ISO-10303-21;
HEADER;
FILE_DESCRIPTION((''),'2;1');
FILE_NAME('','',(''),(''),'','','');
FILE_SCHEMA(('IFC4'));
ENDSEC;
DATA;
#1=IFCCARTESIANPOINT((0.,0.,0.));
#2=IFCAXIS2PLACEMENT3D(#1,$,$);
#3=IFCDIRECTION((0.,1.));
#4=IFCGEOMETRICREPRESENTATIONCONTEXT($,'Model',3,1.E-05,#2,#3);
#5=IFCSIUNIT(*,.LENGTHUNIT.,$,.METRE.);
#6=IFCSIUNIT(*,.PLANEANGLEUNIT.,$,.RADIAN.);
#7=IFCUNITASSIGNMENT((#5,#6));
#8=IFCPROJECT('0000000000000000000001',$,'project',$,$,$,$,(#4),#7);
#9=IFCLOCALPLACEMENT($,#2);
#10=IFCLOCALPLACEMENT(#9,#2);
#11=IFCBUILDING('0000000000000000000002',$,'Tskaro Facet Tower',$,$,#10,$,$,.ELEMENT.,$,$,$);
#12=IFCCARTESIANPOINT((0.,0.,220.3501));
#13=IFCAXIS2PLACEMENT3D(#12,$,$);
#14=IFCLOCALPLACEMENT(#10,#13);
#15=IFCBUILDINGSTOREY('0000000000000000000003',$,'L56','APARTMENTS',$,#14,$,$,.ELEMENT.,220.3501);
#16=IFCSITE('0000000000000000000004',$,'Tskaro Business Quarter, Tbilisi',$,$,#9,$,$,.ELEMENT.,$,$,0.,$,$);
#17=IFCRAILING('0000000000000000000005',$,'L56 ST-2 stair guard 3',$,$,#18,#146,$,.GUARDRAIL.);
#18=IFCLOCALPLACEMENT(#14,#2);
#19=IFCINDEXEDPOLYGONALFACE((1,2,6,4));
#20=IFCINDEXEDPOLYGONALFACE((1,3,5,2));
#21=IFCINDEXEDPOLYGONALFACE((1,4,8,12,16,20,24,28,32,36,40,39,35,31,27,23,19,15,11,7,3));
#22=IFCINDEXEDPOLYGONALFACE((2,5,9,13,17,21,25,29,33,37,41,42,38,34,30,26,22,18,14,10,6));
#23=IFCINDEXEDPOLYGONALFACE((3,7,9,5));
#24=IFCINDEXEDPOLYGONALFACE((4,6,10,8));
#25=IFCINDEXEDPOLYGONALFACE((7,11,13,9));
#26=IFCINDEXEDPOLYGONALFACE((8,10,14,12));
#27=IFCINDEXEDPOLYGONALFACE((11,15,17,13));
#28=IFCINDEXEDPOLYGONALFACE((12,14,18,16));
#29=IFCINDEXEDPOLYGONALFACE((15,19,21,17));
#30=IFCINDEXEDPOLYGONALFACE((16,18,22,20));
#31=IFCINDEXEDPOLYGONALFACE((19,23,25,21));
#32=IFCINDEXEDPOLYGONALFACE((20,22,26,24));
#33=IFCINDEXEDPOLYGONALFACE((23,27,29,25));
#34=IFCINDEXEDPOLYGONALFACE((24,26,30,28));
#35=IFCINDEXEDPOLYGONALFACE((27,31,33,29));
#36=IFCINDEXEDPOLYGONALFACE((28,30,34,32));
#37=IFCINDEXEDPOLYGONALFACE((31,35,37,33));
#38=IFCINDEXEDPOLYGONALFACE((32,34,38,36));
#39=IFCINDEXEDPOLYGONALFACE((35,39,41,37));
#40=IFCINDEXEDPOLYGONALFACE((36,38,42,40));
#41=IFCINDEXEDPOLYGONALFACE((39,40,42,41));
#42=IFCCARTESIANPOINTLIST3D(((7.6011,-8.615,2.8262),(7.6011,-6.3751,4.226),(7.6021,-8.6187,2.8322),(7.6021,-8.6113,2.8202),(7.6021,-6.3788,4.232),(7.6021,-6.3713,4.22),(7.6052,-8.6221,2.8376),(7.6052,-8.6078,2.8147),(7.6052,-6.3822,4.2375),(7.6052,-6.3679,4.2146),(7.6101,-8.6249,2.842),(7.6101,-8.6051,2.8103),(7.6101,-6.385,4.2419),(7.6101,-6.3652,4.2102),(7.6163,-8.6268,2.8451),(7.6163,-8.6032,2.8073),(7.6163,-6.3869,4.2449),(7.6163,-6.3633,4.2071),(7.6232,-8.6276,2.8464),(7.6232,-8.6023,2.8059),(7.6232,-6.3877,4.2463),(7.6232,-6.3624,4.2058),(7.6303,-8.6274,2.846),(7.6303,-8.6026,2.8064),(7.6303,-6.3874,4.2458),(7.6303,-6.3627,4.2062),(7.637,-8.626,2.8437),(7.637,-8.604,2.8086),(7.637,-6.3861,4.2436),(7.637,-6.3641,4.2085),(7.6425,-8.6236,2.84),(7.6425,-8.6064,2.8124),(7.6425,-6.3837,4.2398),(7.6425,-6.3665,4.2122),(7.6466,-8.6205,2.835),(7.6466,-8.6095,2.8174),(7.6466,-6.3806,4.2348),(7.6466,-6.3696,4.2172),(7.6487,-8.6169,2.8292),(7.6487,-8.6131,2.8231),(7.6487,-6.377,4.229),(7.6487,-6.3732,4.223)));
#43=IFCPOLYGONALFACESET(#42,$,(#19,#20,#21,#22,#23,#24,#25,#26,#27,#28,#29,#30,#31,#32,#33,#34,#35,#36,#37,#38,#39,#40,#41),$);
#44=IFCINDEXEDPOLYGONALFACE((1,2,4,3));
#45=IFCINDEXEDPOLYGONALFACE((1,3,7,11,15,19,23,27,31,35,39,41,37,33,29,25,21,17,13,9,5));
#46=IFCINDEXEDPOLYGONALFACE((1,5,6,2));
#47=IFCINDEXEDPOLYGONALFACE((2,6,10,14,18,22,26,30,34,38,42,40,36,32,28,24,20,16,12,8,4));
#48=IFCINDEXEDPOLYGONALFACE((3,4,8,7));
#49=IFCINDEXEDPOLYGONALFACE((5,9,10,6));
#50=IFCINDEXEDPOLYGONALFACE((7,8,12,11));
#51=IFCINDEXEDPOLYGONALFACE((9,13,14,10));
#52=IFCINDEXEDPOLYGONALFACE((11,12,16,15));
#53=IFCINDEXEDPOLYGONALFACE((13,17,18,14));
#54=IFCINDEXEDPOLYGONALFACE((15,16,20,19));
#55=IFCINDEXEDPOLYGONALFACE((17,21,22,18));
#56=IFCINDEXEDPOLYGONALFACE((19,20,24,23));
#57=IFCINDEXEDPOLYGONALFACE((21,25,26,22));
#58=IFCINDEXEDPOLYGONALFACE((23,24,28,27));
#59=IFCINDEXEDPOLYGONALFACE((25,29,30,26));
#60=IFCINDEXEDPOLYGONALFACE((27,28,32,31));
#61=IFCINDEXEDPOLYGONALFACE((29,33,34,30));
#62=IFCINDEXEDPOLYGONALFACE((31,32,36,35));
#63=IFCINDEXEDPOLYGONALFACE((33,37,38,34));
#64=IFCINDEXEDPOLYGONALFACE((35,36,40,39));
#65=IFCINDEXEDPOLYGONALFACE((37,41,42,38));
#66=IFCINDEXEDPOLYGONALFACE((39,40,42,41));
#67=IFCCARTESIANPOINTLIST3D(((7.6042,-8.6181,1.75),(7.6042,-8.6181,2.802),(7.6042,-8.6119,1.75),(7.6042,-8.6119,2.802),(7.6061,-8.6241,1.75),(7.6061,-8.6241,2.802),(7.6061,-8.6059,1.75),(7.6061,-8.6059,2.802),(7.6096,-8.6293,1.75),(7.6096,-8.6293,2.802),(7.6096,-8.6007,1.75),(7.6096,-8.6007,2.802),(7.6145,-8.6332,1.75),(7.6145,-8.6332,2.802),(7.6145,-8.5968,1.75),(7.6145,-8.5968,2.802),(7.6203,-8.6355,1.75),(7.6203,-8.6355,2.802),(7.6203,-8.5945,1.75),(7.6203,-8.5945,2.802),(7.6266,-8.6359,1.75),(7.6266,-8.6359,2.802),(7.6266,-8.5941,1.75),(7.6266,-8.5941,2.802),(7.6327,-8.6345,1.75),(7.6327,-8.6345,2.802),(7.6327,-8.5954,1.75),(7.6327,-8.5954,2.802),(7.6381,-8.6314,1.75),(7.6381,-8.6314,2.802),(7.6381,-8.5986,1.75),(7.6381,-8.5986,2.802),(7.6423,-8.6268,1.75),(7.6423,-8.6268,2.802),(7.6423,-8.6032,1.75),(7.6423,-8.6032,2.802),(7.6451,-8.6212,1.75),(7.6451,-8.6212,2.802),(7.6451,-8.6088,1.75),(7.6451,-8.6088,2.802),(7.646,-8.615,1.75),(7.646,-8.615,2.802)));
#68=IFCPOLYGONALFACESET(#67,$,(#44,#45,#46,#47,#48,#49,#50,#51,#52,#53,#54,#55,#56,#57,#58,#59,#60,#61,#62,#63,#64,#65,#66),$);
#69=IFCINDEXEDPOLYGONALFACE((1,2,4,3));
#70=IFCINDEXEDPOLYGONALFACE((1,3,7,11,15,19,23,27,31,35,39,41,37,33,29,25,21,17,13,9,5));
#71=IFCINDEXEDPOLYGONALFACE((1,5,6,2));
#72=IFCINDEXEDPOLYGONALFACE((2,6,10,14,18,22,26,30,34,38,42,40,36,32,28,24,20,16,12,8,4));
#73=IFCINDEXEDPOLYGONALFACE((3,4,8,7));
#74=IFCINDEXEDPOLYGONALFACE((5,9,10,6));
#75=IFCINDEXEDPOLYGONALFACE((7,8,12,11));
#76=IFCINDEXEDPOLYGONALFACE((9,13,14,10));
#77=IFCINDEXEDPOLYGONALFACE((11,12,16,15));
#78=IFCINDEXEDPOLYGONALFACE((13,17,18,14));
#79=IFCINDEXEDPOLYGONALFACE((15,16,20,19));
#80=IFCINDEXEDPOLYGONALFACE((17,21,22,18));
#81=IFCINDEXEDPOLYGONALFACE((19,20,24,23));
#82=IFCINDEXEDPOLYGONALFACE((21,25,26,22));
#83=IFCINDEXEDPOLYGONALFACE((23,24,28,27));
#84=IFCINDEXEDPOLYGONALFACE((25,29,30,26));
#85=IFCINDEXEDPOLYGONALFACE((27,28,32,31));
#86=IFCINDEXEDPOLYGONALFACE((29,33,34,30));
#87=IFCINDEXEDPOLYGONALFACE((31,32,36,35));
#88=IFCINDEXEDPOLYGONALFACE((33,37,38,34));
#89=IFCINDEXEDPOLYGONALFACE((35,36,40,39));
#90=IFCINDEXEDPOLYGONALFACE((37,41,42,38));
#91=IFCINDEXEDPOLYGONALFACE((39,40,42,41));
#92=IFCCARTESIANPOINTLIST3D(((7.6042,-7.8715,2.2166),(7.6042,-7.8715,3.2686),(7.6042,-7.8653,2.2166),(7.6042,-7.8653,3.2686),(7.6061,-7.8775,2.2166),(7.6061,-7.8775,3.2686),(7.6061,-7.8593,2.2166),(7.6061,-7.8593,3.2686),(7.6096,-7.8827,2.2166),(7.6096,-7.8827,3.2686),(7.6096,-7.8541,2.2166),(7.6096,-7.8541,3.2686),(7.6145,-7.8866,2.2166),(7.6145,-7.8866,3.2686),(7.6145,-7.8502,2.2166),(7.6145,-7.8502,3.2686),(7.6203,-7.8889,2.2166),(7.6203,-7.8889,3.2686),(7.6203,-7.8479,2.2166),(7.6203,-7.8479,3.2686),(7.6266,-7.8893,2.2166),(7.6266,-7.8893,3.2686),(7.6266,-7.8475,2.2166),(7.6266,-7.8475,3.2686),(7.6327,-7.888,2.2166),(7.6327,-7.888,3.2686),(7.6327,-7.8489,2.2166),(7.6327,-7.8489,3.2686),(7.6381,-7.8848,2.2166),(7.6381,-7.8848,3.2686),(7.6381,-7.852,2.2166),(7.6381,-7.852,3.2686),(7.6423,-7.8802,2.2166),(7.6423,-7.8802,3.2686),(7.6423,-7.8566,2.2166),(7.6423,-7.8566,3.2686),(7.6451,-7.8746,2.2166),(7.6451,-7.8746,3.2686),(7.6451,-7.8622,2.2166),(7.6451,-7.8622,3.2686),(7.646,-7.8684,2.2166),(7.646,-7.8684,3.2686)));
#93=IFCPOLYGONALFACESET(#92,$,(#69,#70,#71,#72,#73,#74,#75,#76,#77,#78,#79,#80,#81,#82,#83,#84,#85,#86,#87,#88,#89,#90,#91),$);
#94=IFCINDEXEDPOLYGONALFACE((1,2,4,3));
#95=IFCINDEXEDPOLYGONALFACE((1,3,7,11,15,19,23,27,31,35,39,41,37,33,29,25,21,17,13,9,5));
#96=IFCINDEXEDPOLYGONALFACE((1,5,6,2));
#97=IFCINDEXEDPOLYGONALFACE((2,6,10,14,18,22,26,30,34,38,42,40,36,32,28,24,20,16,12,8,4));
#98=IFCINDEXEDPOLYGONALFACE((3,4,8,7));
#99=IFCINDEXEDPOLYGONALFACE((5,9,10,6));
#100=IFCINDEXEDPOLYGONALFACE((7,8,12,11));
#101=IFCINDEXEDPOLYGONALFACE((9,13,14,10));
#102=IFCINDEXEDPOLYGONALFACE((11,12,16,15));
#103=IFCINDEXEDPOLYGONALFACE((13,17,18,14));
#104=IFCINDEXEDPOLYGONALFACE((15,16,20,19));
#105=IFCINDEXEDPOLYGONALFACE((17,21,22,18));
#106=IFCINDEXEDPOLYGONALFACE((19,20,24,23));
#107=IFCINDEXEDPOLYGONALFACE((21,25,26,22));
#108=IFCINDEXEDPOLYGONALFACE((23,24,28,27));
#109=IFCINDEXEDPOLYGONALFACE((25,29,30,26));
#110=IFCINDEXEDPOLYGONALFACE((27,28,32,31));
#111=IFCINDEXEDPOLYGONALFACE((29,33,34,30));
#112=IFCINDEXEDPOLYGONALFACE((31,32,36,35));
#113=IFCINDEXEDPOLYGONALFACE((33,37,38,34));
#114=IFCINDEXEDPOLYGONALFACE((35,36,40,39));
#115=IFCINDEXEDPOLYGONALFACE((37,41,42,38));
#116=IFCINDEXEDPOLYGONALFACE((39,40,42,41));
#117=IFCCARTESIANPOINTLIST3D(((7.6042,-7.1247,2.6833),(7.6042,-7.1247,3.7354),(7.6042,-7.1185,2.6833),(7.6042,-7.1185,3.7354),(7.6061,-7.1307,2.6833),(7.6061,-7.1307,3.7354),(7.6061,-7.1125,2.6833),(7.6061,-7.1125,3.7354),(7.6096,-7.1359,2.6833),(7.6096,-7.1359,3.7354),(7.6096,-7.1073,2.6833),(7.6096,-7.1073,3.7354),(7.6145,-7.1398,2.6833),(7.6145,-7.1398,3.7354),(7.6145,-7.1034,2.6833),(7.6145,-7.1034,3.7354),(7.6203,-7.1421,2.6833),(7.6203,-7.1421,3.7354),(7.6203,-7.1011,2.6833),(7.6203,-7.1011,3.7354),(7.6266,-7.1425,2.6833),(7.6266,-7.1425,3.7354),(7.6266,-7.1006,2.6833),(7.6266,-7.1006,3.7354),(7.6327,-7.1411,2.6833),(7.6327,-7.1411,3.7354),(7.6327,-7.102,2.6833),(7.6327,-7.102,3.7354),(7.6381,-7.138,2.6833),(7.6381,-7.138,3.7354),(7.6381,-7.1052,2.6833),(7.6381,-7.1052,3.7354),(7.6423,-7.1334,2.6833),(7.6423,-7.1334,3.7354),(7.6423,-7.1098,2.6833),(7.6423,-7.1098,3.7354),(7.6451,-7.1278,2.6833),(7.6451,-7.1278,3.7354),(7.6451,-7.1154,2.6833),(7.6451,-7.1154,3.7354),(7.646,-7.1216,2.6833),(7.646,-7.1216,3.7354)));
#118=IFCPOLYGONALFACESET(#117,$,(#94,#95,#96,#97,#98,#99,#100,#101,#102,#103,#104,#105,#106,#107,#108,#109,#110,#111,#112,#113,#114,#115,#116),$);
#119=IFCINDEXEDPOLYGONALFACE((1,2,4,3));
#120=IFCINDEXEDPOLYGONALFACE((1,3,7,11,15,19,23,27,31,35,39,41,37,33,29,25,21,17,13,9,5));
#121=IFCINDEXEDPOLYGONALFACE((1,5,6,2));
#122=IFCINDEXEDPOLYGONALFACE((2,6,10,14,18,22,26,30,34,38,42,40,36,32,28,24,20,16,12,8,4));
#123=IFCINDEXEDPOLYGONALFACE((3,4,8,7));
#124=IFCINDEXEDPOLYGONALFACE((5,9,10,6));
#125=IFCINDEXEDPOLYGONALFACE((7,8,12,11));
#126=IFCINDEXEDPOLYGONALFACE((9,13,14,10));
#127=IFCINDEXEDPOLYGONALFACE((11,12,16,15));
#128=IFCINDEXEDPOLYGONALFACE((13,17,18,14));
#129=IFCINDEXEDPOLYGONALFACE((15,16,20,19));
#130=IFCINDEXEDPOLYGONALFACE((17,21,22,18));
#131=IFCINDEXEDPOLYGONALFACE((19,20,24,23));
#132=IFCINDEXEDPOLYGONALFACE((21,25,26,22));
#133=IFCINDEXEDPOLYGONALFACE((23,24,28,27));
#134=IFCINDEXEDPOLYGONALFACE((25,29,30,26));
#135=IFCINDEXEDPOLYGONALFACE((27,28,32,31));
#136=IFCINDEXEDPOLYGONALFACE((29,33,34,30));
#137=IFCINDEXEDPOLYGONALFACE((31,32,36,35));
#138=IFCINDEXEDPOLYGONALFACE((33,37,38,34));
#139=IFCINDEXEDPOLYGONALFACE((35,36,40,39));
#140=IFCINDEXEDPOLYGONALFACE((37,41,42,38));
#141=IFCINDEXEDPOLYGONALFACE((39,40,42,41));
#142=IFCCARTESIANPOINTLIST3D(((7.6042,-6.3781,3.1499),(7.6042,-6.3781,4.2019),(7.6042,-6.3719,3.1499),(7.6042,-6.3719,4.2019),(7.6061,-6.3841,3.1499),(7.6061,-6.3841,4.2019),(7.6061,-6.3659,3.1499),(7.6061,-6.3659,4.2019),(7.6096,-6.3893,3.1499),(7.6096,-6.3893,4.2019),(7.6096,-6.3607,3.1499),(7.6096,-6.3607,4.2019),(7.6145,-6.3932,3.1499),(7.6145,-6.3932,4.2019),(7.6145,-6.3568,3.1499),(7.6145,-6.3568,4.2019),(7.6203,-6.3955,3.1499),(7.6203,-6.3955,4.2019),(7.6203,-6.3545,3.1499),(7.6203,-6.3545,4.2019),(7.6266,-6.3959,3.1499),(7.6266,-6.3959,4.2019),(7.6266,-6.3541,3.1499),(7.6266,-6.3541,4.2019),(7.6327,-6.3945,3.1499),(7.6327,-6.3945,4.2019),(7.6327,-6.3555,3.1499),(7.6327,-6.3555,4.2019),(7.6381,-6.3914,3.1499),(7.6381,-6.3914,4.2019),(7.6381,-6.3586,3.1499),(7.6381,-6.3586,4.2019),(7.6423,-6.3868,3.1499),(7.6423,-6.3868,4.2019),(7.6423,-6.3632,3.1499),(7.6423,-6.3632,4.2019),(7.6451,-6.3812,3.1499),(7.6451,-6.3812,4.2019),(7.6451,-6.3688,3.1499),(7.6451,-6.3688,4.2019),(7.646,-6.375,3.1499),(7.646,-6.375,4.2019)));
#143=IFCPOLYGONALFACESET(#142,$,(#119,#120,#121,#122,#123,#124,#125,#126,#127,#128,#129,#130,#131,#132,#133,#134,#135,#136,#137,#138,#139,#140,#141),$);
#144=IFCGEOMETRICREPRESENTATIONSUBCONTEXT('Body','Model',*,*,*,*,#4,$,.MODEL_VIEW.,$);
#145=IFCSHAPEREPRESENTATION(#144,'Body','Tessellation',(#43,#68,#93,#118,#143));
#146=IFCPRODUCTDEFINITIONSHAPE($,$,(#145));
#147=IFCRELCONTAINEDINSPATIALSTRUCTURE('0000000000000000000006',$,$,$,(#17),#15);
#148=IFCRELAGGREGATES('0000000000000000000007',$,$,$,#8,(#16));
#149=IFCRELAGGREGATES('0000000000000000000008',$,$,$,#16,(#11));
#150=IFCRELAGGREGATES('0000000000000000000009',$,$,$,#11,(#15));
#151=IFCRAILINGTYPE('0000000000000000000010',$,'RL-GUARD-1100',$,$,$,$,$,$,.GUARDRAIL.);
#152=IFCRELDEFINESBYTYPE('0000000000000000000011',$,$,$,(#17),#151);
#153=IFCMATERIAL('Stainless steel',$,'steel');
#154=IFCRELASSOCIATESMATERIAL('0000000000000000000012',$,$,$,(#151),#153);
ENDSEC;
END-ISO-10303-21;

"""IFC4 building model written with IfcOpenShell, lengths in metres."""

from ifc_helpers import new_model, si_unit, direction, frame, origin, origin_2d, place, context, subcontext, project, spatial, circle, extrude, material, type_object, element, save


model = new_model("IFC4")

# Units and contexts
model_context = context("Model", 3, precision=1e-05, world=origin(), true_north=direction((0.0, 1.0)))
body_context = subcontext(model_context, "Body", "Model", "MODEL_VIEW")
ifc_project = project(units=[si_unit("LENGTHUNIT", "METRE"), si_unit("PLANEANGLEUNIT", "RADIAN")], contexts=[model_context])

# Site, building, storey
site_placement = place(None, origin())
site = spatial("IfcSite", under=ifc_project, at=site_placement, Name="Tskaro Business Quarter, Tbilisi", CompositionType="ELEMENT", RefElevation=0.0)
building_placement = place(site_placement, origin())
building = spatial("IfcBuilding", under=site, at=building_placement, Name="Tskaro Facet Tower", CompositionType="ELEMENT")
storey_placement = place(building_placement, frame((0.0, 0.0, 220.3501)))
storey = spatial("IfcBuildingStorey", under=building, at=storey_placement, Name="L56", Description="APARTMENTS", CompositionType="ELEMENT", Elevation=220.3501)

# Railing
ifc_material_1 = material(Name="Stainless steel", Category="steel")
railing_type_1 = type_object("IfcRailingType", Name="RL-GUARD-1100", PredefinedType="GUARDRAIL", material=ifc_material_1)
railing_1_placement = place(storey_placement, frame((7.625, -8.615, 1.75)))
element("IfcRailing", 1, at=railing_1_placement, inside=storey, type_object=railing_type_1, Name="L56 ST-2 stair guard 3", PredefinedType="GUARDRAIL", context=body_context, shape_type="SweptSolid", body=[
    extrude(circle(Radius=0.0239, at=origin_2d()), frame((0.0, 0.0, 1.0762), z_axis=(0.0, 0.848014, 0.529974), x_axis=(-1.0, 0.0, 0.0)), (0.0, 0.0, 1.0), 2.6414),
    extrude(circle(Radius=0.021, at=origin_2d()), origin(), (0.0, 0.0, 1.0), 1.052),
    extrude(circle(Radius=0.021, at=origin_2d()), frame((0.0, 0.7466, 0.4666)), (0.0, 0.0, 1.0), 1.052),
    extrude(circle(Radius=0.021, at=origin_2d()), frame((0.0, 1.4934, 0.9333)), (0.0, 0.0, 1.0), 1.052),
    extrude(circle(Radius=0.021, at=origin_2d()), frame((0.0, 2.24, 1.3999)), (0.0, 0.0, 1.0), 1.052),
])

save(model, "model.ifc")
